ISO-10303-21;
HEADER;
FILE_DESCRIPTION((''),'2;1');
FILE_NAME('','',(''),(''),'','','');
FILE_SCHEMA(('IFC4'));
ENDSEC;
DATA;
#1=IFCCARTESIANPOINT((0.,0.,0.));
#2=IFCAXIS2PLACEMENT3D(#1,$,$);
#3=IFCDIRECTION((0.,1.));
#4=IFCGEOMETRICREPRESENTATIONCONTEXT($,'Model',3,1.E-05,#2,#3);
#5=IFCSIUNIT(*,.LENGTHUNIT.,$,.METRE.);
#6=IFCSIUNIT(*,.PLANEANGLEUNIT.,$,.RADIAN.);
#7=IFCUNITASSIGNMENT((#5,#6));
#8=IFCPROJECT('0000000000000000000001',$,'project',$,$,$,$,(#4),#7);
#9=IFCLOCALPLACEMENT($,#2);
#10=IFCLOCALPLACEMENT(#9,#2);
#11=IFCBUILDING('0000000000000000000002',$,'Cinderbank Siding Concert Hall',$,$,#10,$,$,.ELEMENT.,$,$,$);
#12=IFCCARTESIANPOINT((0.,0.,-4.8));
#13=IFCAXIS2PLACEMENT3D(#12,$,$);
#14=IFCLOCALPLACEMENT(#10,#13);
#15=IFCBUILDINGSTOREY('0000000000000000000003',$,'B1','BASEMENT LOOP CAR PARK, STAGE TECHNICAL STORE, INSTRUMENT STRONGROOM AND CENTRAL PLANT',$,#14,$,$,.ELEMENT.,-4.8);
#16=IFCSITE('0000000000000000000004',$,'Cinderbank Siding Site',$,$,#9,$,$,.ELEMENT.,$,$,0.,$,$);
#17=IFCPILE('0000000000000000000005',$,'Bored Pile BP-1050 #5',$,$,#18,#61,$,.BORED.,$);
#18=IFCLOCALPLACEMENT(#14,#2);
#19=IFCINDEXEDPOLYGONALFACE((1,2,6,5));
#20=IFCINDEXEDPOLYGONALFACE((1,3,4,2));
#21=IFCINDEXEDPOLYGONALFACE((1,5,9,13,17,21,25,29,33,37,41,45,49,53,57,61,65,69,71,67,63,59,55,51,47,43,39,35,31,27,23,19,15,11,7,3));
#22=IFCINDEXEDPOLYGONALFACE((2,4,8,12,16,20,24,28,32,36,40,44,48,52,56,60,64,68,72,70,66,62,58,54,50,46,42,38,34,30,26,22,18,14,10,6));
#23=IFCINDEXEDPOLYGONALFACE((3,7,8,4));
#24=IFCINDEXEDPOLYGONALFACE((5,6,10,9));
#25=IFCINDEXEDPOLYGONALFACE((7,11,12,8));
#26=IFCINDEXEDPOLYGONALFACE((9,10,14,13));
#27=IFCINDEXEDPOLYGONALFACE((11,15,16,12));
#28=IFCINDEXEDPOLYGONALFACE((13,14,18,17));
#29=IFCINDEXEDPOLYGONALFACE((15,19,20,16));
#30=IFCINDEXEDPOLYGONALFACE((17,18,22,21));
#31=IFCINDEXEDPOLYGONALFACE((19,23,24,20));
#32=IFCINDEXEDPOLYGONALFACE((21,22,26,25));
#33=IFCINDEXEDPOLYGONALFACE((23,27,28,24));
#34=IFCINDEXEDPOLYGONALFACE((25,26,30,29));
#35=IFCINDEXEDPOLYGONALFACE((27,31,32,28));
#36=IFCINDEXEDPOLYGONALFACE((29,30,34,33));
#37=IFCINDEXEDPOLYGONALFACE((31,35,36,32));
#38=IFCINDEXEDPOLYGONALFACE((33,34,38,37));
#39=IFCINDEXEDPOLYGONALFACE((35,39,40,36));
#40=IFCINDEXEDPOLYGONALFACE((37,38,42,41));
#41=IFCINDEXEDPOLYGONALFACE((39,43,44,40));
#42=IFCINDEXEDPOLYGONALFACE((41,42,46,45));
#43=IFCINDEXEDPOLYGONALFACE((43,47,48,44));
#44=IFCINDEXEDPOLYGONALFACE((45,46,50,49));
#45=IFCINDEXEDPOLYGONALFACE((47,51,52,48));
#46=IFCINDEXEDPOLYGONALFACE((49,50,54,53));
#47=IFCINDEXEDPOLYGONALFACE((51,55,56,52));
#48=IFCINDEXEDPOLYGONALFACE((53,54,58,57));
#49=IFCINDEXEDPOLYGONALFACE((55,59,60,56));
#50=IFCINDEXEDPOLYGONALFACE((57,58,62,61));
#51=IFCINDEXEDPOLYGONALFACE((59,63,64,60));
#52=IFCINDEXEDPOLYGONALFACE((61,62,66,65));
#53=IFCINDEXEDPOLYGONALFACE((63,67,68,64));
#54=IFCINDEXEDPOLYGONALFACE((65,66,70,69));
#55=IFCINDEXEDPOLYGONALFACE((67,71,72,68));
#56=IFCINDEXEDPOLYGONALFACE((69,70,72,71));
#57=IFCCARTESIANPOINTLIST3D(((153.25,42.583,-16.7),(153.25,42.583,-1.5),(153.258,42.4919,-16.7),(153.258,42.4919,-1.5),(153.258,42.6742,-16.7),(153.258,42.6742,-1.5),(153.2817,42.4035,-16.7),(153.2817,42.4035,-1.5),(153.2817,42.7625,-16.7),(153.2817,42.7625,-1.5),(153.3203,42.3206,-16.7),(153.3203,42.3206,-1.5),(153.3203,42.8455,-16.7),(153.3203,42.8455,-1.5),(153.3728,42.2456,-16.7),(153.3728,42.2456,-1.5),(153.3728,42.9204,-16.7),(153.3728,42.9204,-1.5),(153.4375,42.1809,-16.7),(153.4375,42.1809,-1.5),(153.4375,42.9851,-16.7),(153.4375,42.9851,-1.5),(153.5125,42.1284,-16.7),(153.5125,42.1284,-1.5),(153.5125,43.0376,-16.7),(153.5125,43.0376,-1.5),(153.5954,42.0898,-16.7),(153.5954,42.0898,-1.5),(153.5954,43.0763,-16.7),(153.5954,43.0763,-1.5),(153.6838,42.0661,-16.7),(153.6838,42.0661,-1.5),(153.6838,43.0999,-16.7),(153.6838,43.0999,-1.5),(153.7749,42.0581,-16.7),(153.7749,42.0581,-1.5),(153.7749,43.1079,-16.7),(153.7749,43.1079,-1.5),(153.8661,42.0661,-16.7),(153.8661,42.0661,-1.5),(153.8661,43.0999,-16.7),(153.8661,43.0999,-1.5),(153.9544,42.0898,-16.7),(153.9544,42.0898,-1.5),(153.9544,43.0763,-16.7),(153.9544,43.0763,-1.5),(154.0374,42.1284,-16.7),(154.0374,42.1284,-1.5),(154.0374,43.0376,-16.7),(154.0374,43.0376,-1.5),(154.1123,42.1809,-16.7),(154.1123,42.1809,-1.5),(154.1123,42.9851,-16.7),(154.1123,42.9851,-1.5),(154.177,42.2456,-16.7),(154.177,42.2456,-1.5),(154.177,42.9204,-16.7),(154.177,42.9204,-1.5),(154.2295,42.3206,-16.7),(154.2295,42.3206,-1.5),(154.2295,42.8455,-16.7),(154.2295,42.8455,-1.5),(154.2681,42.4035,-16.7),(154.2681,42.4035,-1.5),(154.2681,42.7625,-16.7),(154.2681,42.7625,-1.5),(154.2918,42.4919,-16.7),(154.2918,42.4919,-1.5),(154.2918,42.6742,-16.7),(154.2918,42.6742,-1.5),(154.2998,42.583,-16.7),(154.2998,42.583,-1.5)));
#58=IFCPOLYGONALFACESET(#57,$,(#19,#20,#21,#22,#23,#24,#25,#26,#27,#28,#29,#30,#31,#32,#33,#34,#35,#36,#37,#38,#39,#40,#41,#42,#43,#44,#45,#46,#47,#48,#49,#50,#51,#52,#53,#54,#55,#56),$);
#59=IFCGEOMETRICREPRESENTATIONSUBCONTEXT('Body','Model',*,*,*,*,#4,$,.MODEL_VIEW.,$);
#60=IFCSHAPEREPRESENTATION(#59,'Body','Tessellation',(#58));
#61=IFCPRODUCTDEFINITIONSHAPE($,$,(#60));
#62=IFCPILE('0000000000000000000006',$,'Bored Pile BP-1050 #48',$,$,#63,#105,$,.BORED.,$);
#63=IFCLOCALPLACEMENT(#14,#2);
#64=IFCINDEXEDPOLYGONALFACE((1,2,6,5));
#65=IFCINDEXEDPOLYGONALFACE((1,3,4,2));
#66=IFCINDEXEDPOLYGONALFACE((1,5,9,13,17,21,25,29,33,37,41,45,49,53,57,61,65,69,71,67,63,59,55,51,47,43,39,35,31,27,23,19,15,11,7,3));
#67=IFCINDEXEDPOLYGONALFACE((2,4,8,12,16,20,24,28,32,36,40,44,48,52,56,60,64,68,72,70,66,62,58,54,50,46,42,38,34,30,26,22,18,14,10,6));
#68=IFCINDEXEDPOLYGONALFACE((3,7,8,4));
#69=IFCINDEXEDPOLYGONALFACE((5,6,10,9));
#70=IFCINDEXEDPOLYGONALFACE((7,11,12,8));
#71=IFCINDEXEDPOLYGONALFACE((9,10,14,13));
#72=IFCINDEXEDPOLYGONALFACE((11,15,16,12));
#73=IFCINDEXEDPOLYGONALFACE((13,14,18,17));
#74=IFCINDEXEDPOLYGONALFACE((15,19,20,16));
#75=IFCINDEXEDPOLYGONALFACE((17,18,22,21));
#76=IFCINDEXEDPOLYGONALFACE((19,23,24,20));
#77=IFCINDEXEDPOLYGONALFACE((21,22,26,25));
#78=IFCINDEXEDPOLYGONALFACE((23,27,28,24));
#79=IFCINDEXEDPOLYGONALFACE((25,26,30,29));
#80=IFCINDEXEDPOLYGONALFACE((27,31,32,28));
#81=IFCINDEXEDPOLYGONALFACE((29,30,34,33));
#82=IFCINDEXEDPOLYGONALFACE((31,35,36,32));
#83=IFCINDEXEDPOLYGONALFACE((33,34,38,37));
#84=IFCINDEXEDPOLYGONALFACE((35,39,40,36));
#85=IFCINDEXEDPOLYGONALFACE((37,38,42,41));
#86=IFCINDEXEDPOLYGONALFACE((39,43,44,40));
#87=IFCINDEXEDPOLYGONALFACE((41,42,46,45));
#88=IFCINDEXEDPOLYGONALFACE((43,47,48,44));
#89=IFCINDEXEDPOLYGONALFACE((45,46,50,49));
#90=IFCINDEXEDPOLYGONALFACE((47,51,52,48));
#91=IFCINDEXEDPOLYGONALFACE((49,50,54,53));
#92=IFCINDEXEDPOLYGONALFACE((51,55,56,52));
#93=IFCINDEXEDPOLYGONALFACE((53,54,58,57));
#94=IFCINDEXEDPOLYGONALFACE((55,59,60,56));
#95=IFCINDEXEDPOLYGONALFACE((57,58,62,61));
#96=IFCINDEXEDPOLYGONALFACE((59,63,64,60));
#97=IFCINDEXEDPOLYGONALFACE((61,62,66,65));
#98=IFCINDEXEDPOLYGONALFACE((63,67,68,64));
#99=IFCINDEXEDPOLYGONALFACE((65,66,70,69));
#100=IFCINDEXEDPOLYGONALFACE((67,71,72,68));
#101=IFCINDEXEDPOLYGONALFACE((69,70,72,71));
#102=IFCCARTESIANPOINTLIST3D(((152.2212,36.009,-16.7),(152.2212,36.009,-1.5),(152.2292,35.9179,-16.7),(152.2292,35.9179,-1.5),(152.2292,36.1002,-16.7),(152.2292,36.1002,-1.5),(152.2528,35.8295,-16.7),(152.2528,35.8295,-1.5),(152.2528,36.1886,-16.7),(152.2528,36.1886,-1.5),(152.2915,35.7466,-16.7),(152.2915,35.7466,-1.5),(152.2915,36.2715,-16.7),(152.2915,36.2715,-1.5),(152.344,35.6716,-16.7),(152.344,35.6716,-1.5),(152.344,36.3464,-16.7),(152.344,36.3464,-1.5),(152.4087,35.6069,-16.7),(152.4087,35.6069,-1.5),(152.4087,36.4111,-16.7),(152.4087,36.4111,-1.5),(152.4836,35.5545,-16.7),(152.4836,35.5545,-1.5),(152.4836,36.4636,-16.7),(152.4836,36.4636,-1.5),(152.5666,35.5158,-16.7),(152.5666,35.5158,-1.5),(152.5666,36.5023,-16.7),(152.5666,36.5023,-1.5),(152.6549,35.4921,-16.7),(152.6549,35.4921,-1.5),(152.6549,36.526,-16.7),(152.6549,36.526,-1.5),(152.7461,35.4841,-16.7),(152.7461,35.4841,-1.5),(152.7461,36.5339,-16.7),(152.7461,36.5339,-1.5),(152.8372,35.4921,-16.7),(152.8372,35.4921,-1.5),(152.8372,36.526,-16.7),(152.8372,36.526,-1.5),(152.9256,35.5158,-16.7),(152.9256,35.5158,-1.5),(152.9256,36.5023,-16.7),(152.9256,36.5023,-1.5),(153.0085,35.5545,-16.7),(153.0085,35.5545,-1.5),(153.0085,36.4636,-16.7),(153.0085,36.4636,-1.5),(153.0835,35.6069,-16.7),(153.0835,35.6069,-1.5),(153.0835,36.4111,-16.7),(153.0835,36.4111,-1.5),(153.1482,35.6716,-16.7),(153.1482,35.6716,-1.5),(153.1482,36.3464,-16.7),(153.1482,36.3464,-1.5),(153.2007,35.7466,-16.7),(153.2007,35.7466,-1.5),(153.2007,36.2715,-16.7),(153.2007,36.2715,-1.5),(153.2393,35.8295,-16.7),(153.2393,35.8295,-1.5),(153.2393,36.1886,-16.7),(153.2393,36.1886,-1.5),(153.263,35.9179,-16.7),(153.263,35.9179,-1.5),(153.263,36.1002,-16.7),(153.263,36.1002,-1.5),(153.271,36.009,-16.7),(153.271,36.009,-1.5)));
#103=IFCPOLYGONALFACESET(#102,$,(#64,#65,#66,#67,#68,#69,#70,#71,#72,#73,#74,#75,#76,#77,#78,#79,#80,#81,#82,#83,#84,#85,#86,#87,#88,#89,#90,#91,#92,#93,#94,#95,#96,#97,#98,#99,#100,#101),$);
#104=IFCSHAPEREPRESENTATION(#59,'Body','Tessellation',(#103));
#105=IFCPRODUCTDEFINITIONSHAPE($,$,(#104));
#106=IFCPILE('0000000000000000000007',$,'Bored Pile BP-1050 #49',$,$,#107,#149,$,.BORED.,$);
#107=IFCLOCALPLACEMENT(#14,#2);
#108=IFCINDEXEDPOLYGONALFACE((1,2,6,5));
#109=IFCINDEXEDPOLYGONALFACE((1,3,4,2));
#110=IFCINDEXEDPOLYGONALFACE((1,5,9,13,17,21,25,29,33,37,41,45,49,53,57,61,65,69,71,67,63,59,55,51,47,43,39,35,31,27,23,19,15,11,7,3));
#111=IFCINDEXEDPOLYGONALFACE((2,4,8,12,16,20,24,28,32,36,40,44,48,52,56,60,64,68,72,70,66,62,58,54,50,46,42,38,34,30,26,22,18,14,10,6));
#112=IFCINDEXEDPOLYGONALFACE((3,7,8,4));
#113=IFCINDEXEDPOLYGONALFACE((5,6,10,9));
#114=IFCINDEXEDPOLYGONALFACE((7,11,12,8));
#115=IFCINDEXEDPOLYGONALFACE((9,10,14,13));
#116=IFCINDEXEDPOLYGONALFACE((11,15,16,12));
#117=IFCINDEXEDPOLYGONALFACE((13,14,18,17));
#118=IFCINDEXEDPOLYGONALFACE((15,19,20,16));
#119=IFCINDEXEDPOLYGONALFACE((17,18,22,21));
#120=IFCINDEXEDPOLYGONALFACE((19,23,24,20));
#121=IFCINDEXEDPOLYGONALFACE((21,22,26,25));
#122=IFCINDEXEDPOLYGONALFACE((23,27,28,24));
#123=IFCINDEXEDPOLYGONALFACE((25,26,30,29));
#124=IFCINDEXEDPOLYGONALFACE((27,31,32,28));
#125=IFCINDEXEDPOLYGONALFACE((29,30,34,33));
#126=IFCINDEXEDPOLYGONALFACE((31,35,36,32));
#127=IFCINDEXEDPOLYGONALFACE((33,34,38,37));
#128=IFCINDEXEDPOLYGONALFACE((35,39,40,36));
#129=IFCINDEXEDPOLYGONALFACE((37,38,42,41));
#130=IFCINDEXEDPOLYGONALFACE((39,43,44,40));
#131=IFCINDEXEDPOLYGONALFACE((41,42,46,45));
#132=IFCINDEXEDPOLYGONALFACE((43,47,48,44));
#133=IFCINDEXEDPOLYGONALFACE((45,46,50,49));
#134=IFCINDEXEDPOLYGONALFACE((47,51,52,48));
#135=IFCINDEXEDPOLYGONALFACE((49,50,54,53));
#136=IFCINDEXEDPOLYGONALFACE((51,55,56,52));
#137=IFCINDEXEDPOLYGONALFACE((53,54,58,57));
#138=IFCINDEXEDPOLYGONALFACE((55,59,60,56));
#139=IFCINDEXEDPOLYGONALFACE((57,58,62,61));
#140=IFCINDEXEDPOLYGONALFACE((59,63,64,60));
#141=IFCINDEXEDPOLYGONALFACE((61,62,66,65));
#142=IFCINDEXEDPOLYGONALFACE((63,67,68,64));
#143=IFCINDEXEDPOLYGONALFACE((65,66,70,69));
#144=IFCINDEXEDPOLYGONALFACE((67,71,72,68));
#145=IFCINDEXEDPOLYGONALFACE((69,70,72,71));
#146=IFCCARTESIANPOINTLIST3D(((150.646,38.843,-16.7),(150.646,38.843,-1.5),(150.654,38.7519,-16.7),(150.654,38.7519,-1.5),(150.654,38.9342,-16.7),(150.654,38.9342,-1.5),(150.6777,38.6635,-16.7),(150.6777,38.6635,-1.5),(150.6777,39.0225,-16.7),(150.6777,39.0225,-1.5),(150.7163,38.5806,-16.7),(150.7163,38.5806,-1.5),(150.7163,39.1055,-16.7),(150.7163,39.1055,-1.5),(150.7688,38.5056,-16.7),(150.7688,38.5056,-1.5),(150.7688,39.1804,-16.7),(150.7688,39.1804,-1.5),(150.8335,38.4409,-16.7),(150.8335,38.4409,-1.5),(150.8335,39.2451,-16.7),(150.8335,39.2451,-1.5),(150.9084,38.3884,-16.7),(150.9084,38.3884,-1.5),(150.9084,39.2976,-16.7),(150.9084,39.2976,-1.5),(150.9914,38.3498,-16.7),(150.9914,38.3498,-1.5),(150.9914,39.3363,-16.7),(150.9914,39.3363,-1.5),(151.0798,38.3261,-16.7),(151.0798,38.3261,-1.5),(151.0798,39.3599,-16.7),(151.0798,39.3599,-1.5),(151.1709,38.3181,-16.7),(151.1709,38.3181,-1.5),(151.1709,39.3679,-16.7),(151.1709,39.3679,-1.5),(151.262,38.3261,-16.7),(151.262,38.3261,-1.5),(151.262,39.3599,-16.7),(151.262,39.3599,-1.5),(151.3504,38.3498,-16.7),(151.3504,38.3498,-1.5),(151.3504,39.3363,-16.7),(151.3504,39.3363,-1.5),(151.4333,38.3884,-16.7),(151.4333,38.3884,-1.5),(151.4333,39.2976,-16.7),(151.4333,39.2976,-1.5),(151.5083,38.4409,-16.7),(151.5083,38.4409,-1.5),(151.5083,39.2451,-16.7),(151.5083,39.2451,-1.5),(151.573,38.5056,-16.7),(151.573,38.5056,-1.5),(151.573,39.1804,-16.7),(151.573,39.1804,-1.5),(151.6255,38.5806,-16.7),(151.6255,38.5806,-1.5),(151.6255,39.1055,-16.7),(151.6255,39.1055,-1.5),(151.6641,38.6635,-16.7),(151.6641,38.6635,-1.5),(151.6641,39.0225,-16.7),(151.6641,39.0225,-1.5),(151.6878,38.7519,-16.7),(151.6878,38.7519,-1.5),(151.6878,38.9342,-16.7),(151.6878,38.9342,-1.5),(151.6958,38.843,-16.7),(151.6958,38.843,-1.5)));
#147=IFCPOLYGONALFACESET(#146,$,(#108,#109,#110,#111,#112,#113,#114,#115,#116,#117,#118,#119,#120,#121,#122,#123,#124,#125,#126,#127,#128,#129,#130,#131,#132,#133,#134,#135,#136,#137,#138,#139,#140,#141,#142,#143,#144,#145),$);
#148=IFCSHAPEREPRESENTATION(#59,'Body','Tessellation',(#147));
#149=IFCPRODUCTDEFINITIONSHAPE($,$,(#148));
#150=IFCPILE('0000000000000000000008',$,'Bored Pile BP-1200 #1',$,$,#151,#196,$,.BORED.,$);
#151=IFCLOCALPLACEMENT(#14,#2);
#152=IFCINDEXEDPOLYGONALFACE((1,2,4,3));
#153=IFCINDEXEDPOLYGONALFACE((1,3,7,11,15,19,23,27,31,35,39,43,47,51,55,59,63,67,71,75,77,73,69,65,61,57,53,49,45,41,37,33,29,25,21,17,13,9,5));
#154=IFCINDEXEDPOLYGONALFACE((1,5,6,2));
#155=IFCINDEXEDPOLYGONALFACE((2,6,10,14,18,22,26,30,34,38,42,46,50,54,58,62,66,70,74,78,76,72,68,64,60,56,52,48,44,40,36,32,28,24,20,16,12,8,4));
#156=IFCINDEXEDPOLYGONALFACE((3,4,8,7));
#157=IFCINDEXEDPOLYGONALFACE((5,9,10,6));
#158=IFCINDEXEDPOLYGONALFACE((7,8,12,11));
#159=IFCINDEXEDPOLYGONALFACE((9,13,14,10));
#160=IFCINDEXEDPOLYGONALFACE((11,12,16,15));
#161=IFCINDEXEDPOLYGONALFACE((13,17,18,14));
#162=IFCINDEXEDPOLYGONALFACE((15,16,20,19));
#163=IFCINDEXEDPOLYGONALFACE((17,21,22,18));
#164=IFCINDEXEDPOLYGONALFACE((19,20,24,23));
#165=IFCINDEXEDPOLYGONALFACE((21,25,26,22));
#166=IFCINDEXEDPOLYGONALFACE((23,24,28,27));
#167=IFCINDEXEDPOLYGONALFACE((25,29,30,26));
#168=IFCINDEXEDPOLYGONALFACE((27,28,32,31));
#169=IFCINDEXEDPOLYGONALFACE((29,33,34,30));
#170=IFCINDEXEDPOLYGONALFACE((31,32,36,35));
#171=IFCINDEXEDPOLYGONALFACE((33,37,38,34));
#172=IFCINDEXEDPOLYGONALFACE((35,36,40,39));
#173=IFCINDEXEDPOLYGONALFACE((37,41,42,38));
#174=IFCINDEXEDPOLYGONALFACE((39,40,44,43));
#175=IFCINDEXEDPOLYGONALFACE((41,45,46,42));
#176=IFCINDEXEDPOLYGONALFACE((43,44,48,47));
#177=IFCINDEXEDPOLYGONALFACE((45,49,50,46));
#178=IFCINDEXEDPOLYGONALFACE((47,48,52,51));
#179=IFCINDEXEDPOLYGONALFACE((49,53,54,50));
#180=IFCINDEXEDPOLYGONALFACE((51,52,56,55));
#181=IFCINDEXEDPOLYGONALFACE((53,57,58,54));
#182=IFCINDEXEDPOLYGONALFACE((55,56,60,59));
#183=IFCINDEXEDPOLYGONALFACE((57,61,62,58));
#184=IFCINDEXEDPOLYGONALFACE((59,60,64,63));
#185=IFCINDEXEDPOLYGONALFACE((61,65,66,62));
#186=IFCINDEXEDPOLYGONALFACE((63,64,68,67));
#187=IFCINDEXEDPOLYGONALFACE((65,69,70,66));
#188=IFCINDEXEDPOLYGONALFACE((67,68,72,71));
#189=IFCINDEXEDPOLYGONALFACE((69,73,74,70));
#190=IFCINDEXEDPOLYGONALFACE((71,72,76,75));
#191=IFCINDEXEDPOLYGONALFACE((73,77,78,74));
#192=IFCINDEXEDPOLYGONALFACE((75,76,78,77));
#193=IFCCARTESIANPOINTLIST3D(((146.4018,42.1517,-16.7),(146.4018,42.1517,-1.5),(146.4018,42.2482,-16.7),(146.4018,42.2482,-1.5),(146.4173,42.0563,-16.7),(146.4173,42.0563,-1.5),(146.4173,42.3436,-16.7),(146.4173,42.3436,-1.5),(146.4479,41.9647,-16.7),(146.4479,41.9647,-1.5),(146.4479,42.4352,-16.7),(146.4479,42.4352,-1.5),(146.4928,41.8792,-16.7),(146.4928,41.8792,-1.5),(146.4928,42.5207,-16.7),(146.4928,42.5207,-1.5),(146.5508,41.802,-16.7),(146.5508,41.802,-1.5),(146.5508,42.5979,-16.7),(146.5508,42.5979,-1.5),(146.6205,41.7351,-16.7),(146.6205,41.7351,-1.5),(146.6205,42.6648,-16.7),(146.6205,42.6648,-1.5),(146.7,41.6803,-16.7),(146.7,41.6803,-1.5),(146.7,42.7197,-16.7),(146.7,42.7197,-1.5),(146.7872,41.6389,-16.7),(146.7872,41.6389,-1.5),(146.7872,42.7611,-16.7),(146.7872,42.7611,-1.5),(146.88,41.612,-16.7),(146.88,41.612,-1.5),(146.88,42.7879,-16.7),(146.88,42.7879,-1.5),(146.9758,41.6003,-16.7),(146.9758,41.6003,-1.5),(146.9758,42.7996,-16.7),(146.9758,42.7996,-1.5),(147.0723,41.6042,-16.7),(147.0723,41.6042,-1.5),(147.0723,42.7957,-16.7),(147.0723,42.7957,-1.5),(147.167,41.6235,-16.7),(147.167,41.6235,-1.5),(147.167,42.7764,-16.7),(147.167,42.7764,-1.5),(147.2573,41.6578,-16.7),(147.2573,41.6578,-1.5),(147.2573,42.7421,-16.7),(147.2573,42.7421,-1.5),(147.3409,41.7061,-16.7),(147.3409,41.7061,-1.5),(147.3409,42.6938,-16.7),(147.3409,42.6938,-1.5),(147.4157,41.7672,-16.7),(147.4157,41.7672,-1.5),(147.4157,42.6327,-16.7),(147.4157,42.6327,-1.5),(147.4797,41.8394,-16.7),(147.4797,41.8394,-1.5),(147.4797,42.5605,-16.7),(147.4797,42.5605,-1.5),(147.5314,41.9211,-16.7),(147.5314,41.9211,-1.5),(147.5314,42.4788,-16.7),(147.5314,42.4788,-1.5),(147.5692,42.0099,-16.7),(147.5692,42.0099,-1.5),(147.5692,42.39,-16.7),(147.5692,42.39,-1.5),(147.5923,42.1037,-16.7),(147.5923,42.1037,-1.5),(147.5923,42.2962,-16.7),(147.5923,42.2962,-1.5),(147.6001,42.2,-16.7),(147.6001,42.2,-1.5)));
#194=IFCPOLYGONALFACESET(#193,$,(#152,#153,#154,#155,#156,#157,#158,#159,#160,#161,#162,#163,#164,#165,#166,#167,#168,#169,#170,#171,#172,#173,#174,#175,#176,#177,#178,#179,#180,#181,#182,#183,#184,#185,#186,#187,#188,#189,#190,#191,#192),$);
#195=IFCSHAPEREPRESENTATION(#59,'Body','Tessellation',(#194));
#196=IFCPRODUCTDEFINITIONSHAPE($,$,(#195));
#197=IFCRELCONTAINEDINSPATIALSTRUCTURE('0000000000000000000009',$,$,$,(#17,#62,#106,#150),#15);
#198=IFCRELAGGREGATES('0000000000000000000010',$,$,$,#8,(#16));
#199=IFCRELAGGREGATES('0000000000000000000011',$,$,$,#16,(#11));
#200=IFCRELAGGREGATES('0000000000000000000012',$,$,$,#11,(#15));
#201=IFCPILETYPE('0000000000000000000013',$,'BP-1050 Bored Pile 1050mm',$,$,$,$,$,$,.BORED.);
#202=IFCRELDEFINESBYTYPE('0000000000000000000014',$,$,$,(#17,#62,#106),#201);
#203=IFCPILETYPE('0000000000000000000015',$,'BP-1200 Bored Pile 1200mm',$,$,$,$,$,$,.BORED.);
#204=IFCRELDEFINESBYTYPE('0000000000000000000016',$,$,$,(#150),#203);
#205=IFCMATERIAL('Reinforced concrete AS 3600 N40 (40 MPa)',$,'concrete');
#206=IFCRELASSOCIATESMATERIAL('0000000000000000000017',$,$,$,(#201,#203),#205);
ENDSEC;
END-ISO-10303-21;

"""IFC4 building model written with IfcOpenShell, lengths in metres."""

from ifc_helpers import new_model, si_unit, direction, frame, origin, origin_2d, place, context, subcontext, project, spatial, circle, extrude, material, material_profile, profile_set, type_object, element, save


model = new_model("IFC4")

# Units and contexts
model_context = context("Model", 3, precision=1e-05, world=origin(), true_north=direction((0.0, 1.0)))
body_context = subcontext(model_context, "Body", "Model", "MODEL_VIEW")
ifc_project = project(units=[si_unit("LENGTHUNIT", "METRE"), si_unit("PLANEANGLEUNIT", "RADIAN")], contexts=[model_context])

# Site, building, storey
site_placement = place(None, origin())
site = spatial("IfcSite", under=ifc_project, at=site_placement, Name="Cinderbank Siding Site", CompositionType="ELEMENT", RefElevation=0.0)
building_placement = place(site_placement, origin())
building = spatial("IfcBuilding", under=site, at=building_placement, Name="Cinderbank Siding Concert Hall", CompositionType="ELEMENT")
storey_placement = place(building_placement, frame((0.0, 0.0, -4.8)))
storey = spatial("IfcBuildingStorey", under=building, at=storey_placement, Name="B1", Description="BASEMENT LOOP CAR PARK, STAGE TECHNICAL STORE, INSTRUMENT STRONGROOM AND CENTRAL PLANT", CompositionType="ELEMENT", Elevation=-4.8)

# Piles
ifc_material_1 = material(Name="Reinforced concrete AS 3600 N40 (40 MPa)", Category="concrete")
ifc_material_profile_1 = material_profile(ifc_material_1, circle(Radius=0.5249, at=origin_2d()), Name="PILE-1050DIA", Category="LoadBearing")
ifc_profile_set_1 = profile_set([ifc_material_profile_1], Name="Reinforced concrete AS 3600 N40 (40 MPa)")
pile_type_1 = type_object("IfcPileType", Name="BP-1050 Bored Pile 1050mm", PredefinedType="BORED", material=ifc_profile_set_1)
for number, where, z_axis, x_axis, name in (
    (1, (153.7749, 42.583, -1.5), (0.0, 0.0, -1.0), (1.0, 0.0, 0.0), "Bored Pile BP-1050 #5"),
    (2, (152.7461, 36.009, -1.5), (0.0, 0.0, -1.0), (1.0, 0.0, 0.0), "Bored Pile BP-1050 #48"),
    (3, (151.1709, 38.843, -1.5), (0.0, 0.0, -1.0), (1.0, 0.0, 0.0), "Bored Pile BP-1050 #49"),
):
    element("IfcPile", number, at=place(storey_placement, frame(where, z_axis=z_axis, x_axis=x_axis)), inside=storey, type_object=pile_type_1, Name=name, PredefinedType="BORED", context=body_context, shape_type="SweptSolid", body=[
        extrude(circle(Radius=0.5249, at=origin_2d()), origin(), (0.0, 0.0, 1.0), 15.2),
    ])
ifc_material_profile_2 = material_profile(ifc_material_1, circle(Radius=0.6001, at=origin_2d()), Name="PILE-1200DIA", Category="LoadBearing")
ifc_profile_set_2 = profile_set([ifc_material_profile_2], Name="Reinforced concrete AS 3600 N40 (40 MPa)")
pile_type_2 = type_object("IfcPileType", Name="BP-1200 Bored Pile 1200mm", PredefinedType="BORED", material=ifc_profile_set_2)
for number, where, z_axis, x_axis, name in (
    (4, (147.0, 42.2, -1.5), (0.0, 0.0, -1.0), (1.0, 0.0, 0.0), "Bored Pile BP-1200 #1"),
):
    element("IfcPile", number, at=place(storey_placement, frame(where, z_axis=z_axis, x_axis=x_axis)), inside=storey, type_object=pile_type_2, Name=name, PredefinedType="BORED", context=body_context, shape_type="SweptSolid", body=[
        extrude(circle(Radius=0.6001, at=origin_2d()), origin(), (0.0, 0.0, 1.0), 15.2),
    ])

save(model, "model.ifc")
